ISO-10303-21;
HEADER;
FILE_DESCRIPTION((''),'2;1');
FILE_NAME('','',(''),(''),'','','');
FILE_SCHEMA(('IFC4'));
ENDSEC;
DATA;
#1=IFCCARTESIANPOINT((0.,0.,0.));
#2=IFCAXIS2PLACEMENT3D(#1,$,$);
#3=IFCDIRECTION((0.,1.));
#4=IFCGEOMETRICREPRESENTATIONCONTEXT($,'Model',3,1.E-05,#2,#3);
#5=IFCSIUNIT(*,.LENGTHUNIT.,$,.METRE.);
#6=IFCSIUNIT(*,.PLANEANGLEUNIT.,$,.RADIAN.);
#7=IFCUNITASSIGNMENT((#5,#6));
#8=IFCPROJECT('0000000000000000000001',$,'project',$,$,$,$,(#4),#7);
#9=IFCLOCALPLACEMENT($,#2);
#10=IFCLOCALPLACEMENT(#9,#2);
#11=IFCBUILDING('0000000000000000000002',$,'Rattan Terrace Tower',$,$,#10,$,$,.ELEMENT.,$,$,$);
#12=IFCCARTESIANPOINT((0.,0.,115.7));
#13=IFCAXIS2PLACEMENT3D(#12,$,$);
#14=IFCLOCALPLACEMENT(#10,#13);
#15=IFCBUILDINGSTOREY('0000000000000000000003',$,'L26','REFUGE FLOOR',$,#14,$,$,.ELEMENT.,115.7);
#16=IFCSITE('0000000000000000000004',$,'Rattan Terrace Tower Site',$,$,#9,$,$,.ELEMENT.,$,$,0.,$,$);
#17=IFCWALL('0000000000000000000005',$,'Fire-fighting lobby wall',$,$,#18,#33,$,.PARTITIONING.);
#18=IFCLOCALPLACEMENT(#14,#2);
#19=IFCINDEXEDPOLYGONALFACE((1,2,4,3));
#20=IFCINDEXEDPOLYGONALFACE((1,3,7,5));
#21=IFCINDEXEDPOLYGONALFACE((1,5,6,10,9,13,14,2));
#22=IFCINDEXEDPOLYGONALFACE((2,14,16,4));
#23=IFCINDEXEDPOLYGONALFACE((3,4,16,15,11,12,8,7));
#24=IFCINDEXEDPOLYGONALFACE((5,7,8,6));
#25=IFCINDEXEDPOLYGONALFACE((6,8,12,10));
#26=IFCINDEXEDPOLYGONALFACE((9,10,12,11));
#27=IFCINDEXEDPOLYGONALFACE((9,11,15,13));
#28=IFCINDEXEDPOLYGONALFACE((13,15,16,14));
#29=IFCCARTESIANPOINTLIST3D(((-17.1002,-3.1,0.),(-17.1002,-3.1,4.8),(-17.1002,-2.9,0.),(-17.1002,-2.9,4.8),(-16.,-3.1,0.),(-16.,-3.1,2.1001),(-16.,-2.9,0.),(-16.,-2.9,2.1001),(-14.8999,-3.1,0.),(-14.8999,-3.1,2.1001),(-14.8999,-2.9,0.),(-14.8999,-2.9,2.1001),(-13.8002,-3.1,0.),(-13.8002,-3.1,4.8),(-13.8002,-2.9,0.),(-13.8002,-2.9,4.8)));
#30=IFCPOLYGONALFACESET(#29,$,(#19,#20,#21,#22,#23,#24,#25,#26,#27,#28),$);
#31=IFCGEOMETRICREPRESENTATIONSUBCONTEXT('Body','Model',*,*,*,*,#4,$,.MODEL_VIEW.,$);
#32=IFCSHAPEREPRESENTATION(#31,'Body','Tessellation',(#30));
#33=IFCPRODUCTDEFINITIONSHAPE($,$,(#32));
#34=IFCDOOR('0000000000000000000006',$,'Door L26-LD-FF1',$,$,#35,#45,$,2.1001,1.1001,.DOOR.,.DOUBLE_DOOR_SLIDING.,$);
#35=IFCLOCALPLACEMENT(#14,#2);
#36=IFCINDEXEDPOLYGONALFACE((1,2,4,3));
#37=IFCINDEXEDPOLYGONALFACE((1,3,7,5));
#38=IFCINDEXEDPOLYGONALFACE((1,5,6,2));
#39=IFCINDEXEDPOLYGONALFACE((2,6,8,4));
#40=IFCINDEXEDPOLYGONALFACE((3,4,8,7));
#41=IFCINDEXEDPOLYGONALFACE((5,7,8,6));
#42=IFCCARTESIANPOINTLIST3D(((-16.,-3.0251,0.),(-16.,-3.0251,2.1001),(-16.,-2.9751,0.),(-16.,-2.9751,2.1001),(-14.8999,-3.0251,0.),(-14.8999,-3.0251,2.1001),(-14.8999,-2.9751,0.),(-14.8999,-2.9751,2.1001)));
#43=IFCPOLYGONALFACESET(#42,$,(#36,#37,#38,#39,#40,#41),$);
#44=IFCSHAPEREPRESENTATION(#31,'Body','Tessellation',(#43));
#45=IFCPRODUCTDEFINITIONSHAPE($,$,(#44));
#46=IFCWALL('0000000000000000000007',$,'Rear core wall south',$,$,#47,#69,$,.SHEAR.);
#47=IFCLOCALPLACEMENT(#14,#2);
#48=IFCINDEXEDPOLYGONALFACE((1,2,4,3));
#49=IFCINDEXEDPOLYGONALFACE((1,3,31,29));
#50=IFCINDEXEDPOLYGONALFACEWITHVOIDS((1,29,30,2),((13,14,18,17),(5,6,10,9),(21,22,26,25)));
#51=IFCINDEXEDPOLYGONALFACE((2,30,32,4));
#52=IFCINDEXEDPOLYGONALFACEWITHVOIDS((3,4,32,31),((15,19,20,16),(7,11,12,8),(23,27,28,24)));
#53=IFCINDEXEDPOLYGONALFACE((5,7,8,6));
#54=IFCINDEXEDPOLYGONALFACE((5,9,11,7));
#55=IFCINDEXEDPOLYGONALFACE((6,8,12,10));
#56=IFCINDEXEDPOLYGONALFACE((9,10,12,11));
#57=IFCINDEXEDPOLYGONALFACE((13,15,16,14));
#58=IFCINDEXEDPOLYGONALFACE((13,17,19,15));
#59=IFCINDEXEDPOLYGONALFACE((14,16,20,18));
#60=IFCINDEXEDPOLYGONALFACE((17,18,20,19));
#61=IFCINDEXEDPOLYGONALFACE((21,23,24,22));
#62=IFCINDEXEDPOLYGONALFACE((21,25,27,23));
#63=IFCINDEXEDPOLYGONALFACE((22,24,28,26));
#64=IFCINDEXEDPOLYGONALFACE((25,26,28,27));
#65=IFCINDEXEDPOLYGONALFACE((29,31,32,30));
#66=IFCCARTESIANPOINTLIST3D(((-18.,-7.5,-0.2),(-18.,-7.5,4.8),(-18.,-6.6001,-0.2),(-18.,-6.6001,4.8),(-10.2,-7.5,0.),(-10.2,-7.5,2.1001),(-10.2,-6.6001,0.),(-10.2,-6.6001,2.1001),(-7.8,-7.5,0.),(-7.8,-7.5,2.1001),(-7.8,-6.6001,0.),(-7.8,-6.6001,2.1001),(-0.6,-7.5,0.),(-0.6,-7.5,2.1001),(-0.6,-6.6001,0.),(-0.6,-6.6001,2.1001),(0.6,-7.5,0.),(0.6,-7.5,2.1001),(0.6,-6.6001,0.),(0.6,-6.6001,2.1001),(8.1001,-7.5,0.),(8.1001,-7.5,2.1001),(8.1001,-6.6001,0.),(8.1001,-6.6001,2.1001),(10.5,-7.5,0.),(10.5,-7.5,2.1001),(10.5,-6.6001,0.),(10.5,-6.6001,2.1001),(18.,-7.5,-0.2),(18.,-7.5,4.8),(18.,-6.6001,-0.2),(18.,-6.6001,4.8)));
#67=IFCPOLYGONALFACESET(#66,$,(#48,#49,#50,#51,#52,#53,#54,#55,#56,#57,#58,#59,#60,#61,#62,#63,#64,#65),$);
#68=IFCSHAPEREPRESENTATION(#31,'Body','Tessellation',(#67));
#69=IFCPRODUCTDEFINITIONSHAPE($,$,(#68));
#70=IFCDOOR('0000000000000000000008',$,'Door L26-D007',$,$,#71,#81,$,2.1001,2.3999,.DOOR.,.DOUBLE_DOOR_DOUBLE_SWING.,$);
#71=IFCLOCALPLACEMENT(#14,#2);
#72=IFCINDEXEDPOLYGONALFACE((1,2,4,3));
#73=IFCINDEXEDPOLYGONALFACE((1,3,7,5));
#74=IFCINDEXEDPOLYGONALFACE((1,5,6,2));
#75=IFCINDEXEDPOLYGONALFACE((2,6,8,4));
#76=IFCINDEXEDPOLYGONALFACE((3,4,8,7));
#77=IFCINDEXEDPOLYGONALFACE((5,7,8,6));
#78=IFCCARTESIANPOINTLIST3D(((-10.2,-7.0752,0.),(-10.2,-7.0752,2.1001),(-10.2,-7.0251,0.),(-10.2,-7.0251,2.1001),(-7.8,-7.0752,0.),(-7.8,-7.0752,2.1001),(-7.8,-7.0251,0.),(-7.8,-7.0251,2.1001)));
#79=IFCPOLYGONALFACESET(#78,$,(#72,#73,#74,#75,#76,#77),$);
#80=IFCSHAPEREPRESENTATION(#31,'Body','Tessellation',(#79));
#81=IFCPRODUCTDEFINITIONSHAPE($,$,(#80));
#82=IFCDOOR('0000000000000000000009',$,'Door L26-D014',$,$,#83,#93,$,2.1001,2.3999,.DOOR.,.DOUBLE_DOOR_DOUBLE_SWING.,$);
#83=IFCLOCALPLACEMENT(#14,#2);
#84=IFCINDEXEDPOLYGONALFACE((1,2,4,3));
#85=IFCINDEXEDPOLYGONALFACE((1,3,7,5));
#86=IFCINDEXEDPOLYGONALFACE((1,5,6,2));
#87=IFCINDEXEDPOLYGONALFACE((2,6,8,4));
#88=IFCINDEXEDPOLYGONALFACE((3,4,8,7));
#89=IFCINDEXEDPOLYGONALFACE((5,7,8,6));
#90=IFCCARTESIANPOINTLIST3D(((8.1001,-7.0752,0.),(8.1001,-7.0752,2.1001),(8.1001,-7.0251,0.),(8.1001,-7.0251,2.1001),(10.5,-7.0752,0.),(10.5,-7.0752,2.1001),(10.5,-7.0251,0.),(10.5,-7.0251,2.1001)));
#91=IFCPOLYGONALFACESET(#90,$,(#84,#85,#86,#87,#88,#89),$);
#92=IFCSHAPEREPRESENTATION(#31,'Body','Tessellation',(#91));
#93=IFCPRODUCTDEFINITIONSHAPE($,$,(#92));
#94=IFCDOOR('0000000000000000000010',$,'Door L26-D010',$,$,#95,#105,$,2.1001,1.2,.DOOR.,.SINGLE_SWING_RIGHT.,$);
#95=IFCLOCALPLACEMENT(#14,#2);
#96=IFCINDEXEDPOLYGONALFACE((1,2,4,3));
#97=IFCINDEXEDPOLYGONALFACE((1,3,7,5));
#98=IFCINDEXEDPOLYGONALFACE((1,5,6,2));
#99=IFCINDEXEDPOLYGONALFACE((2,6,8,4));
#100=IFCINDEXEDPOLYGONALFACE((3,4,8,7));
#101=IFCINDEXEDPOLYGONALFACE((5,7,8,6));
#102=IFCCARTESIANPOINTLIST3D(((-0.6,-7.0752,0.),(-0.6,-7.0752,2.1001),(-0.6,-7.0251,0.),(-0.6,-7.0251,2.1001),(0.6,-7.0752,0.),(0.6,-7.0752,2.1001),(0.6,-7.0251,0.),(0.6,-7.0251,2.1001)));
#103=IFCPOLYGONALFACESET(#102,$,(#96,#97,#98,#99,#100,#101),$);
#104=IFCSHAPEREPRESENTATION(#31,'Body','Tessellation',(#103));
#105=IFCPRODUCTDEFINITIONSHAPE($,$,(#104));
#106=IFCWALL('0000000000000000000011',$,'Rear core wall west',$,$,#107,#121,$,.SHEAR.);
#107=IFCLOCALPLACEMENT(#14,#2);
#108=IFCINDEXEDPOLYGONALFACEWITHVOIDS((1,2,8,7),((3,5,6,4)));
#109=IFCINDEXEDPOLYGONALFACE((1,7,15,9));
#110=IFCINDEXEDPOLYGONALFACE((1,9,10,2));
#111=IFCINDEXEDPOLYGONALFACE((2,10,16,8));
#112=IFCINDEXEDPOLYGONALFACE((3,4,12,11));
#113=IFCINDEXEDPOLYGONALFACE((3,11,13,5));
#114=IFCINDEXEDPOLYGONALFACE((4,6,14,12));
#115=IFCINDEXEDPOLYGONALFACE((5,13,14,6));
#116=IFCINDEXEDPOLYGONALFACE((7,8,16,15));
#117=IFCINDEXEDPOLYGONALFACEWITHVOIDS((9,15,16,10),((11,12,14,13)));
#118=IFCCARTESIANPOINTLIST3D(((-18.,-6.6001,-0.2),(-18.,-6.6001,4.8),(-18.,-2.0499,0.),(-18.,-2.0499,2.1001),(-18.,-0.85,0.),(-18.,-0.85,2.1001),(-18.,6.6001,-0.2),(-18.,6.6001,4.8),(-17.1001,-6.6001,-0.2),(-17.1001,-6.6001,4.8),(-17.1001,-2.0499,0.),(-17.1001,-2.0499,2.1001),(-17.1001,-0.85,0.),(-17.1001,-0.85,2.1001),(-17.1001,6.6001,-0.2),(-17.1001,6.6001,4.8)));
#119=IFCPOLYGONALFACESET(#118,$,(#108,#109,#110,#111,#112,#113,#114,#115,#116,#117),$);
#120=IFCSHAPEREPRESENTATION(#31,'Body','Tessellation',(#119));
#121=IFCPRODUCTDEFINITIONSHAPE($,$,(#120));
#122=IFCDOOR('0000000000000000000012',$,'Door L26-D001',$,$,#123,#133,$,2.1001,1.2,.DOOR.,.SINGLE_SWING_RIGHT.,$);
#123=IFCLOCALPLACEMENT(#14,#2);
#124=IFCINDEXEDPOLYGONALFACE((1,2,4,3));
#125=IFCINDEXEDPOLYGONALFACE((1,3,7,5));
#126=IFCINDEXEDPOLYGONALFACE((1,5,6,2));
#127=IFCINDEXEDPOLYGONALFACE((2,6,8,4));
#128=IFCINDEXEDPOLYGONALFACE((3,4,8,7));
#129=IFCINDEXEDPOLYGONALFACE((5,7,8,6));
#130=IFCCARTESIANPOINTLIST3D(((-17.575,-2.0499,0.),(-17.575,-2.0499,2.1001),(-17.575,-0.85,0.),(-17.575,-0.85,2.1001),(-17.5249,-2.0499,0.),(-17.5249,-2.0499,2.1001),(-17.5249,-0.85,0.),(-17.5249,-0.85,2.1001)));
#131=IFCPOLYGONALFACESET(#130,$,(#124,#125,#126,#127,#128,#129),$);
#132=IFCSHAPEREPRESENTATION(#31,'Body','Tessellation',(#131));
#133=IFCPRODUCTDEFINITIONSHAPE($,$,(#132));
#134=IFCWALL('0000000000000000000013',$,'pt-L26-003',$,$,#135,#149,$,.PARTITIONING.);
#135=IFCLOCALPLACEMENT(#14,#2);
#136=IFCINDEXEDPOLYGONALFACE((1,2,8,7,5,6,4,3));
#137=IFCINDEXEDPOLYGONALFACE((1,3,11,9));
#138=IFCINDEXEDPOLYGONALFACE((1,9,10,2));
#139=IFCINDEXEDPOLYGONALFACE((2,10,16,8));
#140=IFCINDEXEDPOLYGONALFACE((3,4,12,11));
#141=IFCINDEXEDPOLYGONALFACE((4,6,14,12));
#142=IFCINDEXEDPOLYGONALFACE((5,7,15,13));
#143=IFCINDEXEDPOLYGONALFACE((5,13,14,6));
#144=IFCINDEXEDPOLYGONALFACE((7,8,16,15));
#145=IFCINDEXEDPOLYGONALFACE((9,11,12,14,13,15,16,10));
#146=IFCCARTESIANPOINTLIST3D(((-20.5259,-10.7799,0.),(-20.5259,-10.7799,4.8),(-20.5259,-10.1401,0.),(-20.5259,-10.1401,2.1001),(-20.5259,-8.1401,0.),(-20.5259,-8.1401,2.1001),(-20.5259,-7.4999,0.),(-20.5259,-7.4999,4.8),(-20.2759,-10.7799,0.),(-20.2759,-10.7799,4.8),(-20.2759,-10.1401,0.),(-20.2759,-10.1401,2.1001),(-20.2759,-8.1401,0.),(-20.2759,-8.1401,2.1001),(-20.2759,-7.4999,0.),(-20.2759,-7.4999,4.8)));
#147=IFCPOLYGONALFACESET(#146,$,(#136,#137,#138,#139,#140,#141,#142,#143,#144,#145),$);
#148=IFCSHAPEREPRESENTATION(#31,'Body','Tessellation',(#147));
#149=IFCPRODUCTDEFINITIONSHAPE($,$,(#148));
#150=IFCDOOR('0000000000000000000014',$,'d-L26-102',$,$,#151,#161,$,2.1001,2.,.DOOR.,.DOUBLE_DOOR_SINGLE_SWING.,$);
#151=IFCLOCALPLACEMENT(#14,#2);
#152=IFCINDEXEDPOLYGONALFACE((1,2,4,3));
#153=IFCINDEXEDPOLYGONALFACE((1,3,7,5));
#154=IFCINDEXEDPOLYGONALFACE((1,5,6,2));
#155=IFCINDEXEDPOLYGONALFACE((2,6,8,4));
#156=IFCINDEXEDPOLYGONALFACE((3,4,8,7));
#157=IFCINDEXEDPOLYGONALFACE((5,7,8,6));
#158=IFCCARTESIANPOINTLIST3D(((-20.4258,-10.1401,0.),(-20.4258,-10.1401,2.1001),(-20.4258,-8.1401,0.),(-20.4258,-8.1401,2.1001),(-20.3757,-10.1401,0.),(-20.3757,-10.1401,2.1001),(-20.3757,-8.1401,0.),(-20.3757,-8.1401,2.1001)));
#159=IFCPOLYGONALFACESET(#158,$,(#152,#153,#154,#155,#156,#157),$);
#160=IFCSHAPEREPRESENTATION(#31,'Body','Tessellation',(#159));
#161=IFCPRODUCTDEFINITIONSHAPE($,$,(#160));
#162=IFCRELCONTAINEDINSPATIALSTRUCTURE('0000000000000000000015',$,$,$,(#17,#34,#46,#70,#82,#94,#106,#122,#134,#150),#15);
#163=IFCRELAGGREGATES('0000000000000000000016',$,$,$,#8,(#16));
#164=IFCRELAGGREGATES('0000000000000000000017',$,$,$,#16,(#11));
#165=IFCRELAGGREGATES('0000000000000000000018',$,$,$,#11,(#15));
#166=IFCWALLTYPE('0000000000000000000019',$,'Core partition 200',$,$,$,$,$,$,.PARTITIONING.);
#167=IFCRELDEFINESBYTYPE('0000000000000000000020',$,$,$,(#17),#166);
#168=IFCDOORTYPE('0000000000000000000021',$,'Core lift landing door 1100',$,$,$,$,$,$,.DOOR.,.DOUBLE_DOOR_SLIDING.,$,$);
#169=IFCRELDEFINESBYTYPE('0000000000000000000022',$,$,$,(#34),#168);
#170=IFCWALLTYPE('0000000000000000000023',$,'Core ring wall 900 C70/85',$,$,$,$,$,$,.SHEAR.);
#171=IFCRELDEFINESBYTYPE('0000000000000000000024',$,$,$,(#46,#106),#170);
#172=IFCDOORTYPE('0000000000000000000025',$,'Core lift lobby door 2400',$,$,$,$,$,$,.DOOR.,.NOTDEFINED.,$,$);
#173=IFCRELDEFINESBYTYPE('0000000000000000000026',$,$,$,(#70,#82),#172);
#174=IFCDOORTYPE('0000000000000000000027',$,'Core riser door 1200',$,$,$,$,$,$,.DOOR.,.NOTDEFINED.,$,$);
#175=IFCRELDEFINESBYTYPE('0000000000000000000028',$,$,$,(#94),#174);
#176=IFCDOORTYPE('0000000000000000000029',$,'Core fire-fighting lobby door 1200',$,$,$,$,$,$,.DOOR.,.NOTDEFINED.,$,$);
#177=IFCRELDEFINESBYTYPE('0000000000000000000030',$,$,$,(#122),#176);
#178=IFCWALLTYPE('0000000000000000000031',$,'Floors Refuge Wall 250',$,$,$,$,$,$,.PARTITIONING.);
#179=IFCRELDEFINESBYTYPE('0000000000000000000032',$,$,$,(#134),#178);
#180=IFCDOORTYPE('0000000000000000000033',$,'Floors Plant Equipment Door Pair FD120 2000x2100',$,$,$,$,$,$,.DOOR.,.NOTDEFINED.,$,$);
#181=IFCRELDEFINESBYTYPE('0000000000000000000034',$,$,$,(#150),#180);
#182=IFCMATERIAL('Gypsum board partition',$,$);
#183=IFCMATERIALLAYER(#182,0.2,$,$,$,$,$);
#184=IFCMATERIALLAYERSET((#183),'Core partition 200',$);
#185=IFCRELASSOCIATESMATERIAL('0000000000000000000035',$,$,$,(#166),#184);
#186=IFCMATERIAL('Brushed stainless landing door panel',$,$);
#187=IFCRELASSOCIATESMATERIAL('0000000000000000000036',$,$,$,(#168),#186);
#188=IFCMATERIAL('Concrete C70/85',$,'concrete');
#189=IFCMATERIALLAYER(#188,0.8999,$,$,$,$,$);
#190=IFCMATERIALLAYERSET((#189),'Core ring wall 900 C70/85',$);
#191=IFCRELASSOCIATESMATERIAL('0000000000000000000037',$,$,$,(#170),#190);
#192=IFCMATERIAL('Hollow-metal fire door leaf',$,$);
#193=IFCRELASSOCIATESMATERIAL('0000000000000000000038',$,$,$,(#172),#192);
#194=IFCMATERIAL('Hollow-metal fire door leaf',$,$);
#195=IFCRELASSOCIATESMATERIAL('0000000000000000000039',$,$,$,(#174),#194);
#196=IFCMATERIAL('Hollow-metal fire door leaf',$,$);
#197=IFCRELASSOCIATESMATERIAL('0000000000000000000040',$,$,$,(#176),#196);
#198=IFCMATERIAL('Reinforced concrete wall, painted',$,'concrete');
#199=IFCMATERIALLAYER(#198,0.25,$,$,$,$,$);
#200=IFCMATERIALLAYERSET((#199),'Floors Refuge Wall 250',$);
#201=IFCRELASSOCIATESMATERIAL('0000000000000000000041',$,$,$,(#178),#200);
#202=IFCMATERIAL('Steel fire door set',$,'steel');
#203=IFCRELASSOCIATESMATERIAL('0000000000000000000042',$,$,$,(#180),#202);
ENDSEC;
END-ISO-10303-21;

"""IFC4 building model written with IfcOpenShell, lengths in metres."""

from ifc_helpers import new_model, si_unit, direction, frame, frame_2d, origin, place, context, subcontext, project, spatial, rectangle, extrude, material, layer, layer_set, type_object, element, fill, save


model = new_model("IFC4")

# Units and contexts
model_context = context("Model", 3, precision=1e-05, world=origin(), true_north=direction((0.0, 1.0)))
body_context = subcontext(model_context, "Body", "Model", "MODEL_VIEW")
ifc_project = project(units=[si_unit("LENGTHUNIT", "METRE"), si_unit("PLANEANGLEUNIT", "RADIAN")], contexts=[model_context])

# Site, building, storey
site_placement = place(None, origin())
site = spatial("IfcSite", under=ifc_project, at=site_placement, Name="Rattan Terrace Tower Site", CompositionType="ELEMENT", RefElevation=0.0)
building_placement = place(site_placement, origin())
building = spatial("IfcBuilding", under=site, at=building_placement, Name="Rattan Terrace Tower", CompositionType="ELEMENT")
storey_placement = place(building_placement, frame((0.0, 0.0, 115.7)))
storey = spatial("IfcBuildingStorey", under=building, at=storey_placement, Name="L26", Description="REFUGE FLOOR", CompositionType="ELEMENT", Elevation=115.7)

# Wall, opening, door
ifc_material_1 = material(Name="Gypsum board partition")
ifc_layer_1 = layer(ifc_material_1, 0.2)
ifc_layer_set_1 = layer_set([ifc_layer_1], Name="Core partition 200")
wall_type_1 = type_object("IfcWallType", Name="Core partition 200", PredefinedType="PARTITIONING", material=ifc_layer_set_1)
wall_1_placement = place(storey_placement, frame((-17.1001, -3.0, 0.0), z_axis=(0.0, 0.0, 1.0), x_axis=(1.0, 0.0, 0.0)))
wall_1 = element("IfcWall", 1, at=wall_1_placement, inside=storey, type_object=wall_type_1, Name="Fire-fighting lobby wall", PredefinedType="PARTITIONING", context=body_context, shape_type="SweptSolid", body=[
    extrude(rectangle(XDim=3.3, YDim=0.2, at=frame_2d((1.6499, 0.0))), origin(), (0.0, 0.0, 1.0), 4.8),
])
opening_1_placement = place(wall_1_placement, frame((1.1001, 0.0, 0.0)))
opening_1 = element("IfcOpeningElement", 2, at=opening_1_placement, cuts=wall_1, PredefinedType="OPENING", context=body_context, shape_type="SweptSolid", body=[
    extrude(rectangle(XDim=1.1001, YDim=2.1001, at=frame_2d((0.55, 1.05))), frame((0.0, 0.1106, 0.0), z_axis=(0.0, -1.0, 0.0), x_axis=(1.0, 0.0, 0.0)), (0.0, 0.0, 1.0), 0.2209),
])
ifc_material_2 = material(Name="Brushed stainless landing door panel")
door_type_1 = type_object("IfcDoorType", Name="Core lift landing door 1100", OperationType="DOUBLE_DOOR_SLIDING", PredefinedType="DOOR", material=ifc_material_2)
door_1_placement = place(opening_1_placement, origin())
door_1 = element("IfcDoor", 3, at=door_1_placement, inside=storey, type_object=door_type_1, Name="Door L26-LD-FF1", OperationType="DOUBLE_DOOR_SLIDING", OverallHeight=2.1001, OverallWidth=1.1001, PredefinedType="DOOR", context=body_context, shape_type="SweptSolid", body=[
    extrude(rectangle(XDim=1.1001, YDim=2.1001, at=frame_2d((0.55, 1.05))), frame((0.0, 0.0249, 0.0), z_axis=(0.0, -1.0, 0.0), x_axis=(1.0, 0.0, 0.0)), (0.0, 0.0, 1.0), 0.05),
])
fill(opening_1, door_1)

# Wall, openings, doors
ifc_material_3 = material(Name="Concrete C70/85", Category="concrete")
ifc_layer_2 = layer(ifc_material_3, 0.8999)
ifc_layer_set_2 = layer_set([ifc_layer_2], Name="Core ring wall 900 C70/85")
wall_type_2 = type_object("IfcWallType", Name="Core ring wall 900 C70/85", PredefinedType="SHEAR", material=ifc_layer_set_2)
wall_2_placement = place(storey_placement, frame((-18.0, -7.05, -0.2), z_axis=(0.0, 0.0, 1.0), x_axis=(1.0, 0.0, 0.0)))
wall_2 = element("IfcWall", 4, at=wall_2_placement, inside=storey, type_object=wall_type_2, Name="Rear core wall south", PredefinedType="SHEAR", context=body_context, shape_type="SweptSolid", body=[
    extrude(rectangle(XDim=36.0, YDim=0.8999, at=frame_2d((18.0, 0.0))), origin(), (0.0, 0.0, 1.0), 5.0),
])
opening_2_placement = place(wall_2_placement, frame((7.8, 0.0, 0.2)))
opening_2 = element("IfcOpeningElement", 5, at=opening_2_placement, cuts=wall_2, PredefinedType="OPENING", context=body_context, shape_type="SweptSolid", body=[
    extrude(rectangle(XDim=2.3999, YDim=2.1001, at=frame_2d((1.2, 1.05))), frame((0.0, 0.4604, 0.0), z_axis=(0.0, -1.0, 0.0), x_axis=(1.0, 0.0, 0.0)), (0.0, 0.0, 1.0), 0.9209),
])
opening_3_placement = place(wall_2_placement, frame((17.3999, 0.0, 0.2)))
opening_3 = element("IfcOpeningElement", 6, at=opening_3_placement, cuts=wall_2, PredefinedType="OPENING", context=body_context, shape_type="SweptSolid", body=[
    extrude(rectangle(XDim=1.2, YDim=2.1001, at=frame_2d((0.6001, 1.05))), frame((0.0, 0.4604, 0.0), z_axis=(0.0, -1.0, 0.0), x_axis=(1.0, 0.0, 0.0)), (0.0, 0.0, 1.0), 0.9209),
])
opening_4_placement = place(wall_2_placement, frame((26.1001, 0.0, 0.2)))
opening_4 = element("IfcOpeningElement", 7, at=opening_4_placement, cuts=wall_2, PredefinedType="OPENING", context=body_context, shape_type="SweptSolid", body=[
    extrude(rectangle(XDim=2.3999, YDim=2.1001, at=frame_2d((1.2, 1.05))), frame((0.0, 0.4604, 0.0), z_axis=(0.0, -1.0, 0.0), x_axis=(1.0, 0.0, 0.0)), (0.0, 0.0, 1.0), 0.9209),
])
ifc_material_4 = material(Name="Hollow-metal fire door leaf")
door_type_2 = type_object("IfcDoorType", Name="Core lift lobby door 2400", OperationType="NOTDEFINED", PredefinedType="DOOR", material=ifc_material_4)
door_2_placement = place(opening_2_placement, origin())
door_2 = element("IfcDoor", 8, at=door_2_placement, inside=storey, type_object=door_type_2, Name="Door L26-D007", OperationType="DOUBLE_DOOR_DOUBLE_SWING", OverallHeight=2.1001, OverallWidth=2.3999, PredefinedType="DOOR", context=body_context, shape_type="SweptSolid", body=[
    extrude(rectangle(XDim=2.3999, YDim=2.1001, at=frame_2d((1.2, 1.05))), frame((0.0, 0.0249, 0.0), z_axis=(0.0, -1.0, 0.0), x_axis=(1.0, 0.0, 0.0)), (0.0, 0.0, 1.0), 0.05),
])
fill(opening_2, door_2)
door_3_placement = place(opening_4_placement, origin())
door_3 = element("IfcDoor", 9, at=door_3_placement, inside=storey, type_object=door_type_2, Name="Door L26-D014", OperationType="DOUBLE_DOOR_DOUBLE_SWING", OverallHeight=2.1001, OverallWidth=2.3999, PredefinedType="DOOR", context=body_context, shape_type="SweptSolid", body=[
    extrude(rectangle(XDim=2.3999, YDim=2.1001, at=frame_2d((1.2, 1.05))), frame((0.0, 0.0249, 0.0), z_axis=(0.0, -1.0, 0.0), x_axis=(1.0, 0.0, 0.0)), (0.0, 0.0, 1.0), 0.05),
])
fill(opening_4, door_3)
ifc_material_5 = material(Name="Hollow-metal fire door leaf")
door_type_3 = type_object("IfcDoorType", Name="Core riser door 1200", OperationType="NOTDEFINED", PredefinedType="DOOR", material=ifc_material_5)
door_4_placement = place(opening_3_placement, origin())
door_4 = element("IfcDoor", 10, at=door_4_placement, inside=storey, type_object=door_type_3, Name="Door L26-D010", OperationType="SINGLE_SWING_RIGHT", OverallHeight=2.1001, OverallWidth=1.2, PredefinedType="DOOR", context=body_context, shape_type="SweptSolid", body=[
    extrude(rectangle(XDim=1.2, YDim=2.1001, at=frame_2d((0.6001, 1.05))), frame((0.0, 0.0249, 0.0), z_axis=(0.0, -1.0, 0.0), x_axis=(1.0, 0.0, 0.0)), (0.0, 0.0, 1.0), 0.05),
])
fill(opening_3, door_4)

# Walls, openings, doors
wall_3_placement = place(storey_placement, frame((-17.55, -6.6001, -0.2), z_axis=(0.0, 0.0, 1.0), x_axis=(0.0, 1.0, 0.0)))
wall_3 = element("IfcWall", 11, at=wall_3_placement, inside=storey, type_object=wall_type_2, Name="Rear core wall west", PredefinedType="SHEAR", context=body_context, shape_type="SweptSolid", body=[
    extrude(rectangle(XDim=13.2002, YDim=0.8999, at=frame_2d((6.6001, 0.0))), origin(), (0.0, 0.0, 1.0), 5.0),
])
opening_5_placement = place(wall_3_placement, frame((4.55, 0.0, 0.2)))
opening_5 = element("IfcOpeningElement", 12, at=opening_5_placement, cuts=wall_3, PredefinedType="OPENING", context=body_context, shape_type="SweptSolid", body=[
    extrude(rectangle(XDim=1.2, YDim=2.1001, at=frame_2d((0.6001, 1.05))), frame((0.0, 0.4604, 0.0), z_axis=(0.0, -1.0, 0.0), x_axis=(1.0, 0.0, 0.0)), (0.0, 0.0, 1.0), 0.9209),
])
ifc_material_6 = material(Name="Hollow-metal fire door leaf")
door_type_4 = type_object("IfcDoorType", Name="Core fire-fighting lobby door 1200", OperationType="NOTDEFINED", PredefinedType="DOOR", material=ifc_material_6)
door_5_placement = place(opening_5_placement, origin())
door_5 = element("IfcDoor", 13, at=door_5_placement, inside=storey, type_object=door_type_4, Name="Door L26-D001", OperationType="SINGLE_SWING_RIGHT", OverallHeight=2.1001, OverallWidth=1.2, PredefinedType="DOOR", context=body_context, shape_type="SweptSolid", body=[
    extrude(rectangle(XDim=1.2, YDim=2.1001, at=frame_2d((0.6001, 1.05))), frame((0.0, 0.0249, 0.0), z_axis=(0.0, -1.0, 0.0), x_axis=(1.0, 0.0, 0.0)), (0.0, 0.0, 1.0), 0.05),
])
fill(opening_5, door_5)
ifc_material_7 = material(Name="Reinforced concrete wall, painted", Category="concrete")
ifc_layer_3 = layer(ifc_material_7, 0.25)
ifc_layer_set_3 = layer_set([ifc_layer_3], Name="Floors Refuge Wall 250")
wall_type_3 = type_object("IfcWallType", Name="Floors Refuge Wall 250", PredefinedType="PARTITIONING", material=ifc_layer_set_3)
wall_4_placement = place(storey_placement, frame((-20.4009, -10.78, 0.0), z_axis=(0.0, 0.0, 1.0), x_axis=(0.0, 1.0, 0.0)))
wall_4 = element("IfcWall", 14, at=wall_4_placement, inside=storey, type_object=wall_type_3, Name="pt-L26-003", PredefinedType="PARTITIONING", context=body_context, shape_type="SweptSolid", body=[
    extrude(rectangle(XDim=3.28, YDim=0.25, at=frame_2d((1.6401, 0.0))), origin(), (0.0, 0.0, 1.0), 4.8),
])
opening_6_placement = place(wall_4_placement, frame((0.6399, 0.0, 0.0)))
opening_6 = element("IfcOpeningElement", 15, at=opening_6_placement, cuts=wall_4, PredefinedType="OPENING", context=body_context, shape_type="SweptSolid", body=[
    extrude(rectangle(XDim=2.0, YDim=2.1001, at=frame_2d((1.0, 1.05))), frame((0.0, 0.1355, 0.0), z_axis=(0.0, -1.0, 0.0), x_axis=(1.0, 0.0, 0.0)), (0.0, 0.0, 1.0), 0.271),
])
ifc_material_8 = material(Name="Steel fire door set", Category="steel")
door_type_5 = type_object("IfcDoorType", Name="Floors Plant Equipment Door Pair FD120 2000x2100", OperationType="NOTDEFINED", PredefinedType="DOOR", material=ifc_material_8)
door_6_placement = place(opening_6_placement, origin())
door_6 = element("IfcDoor", 16, at=door_6_placement, inside=storey, type_object=door_type_5, Name="d-L26-102", OperationType="DOUBLE_DOOR_SINGLE_SWING", OverallHeight=2.1001, OverallWidth=2.0, PredefinedType="DOOR", context=body_context, shape_type="SweptSolid", body=[
    extrude(rectangle(XDim=2.0, YDim=2.1001, at=frame_2d((1.0, 1.05))), frame((0.0, 0.0249, 0.0), z_axis=(0.0, -1.0, 0.0), x_axis=(1.0, 0.0, 0.0)), (0.0, 0.0, 1.0), 0.05),
])
fill(opening_6, door_6)

save(model, "model.ifc")
